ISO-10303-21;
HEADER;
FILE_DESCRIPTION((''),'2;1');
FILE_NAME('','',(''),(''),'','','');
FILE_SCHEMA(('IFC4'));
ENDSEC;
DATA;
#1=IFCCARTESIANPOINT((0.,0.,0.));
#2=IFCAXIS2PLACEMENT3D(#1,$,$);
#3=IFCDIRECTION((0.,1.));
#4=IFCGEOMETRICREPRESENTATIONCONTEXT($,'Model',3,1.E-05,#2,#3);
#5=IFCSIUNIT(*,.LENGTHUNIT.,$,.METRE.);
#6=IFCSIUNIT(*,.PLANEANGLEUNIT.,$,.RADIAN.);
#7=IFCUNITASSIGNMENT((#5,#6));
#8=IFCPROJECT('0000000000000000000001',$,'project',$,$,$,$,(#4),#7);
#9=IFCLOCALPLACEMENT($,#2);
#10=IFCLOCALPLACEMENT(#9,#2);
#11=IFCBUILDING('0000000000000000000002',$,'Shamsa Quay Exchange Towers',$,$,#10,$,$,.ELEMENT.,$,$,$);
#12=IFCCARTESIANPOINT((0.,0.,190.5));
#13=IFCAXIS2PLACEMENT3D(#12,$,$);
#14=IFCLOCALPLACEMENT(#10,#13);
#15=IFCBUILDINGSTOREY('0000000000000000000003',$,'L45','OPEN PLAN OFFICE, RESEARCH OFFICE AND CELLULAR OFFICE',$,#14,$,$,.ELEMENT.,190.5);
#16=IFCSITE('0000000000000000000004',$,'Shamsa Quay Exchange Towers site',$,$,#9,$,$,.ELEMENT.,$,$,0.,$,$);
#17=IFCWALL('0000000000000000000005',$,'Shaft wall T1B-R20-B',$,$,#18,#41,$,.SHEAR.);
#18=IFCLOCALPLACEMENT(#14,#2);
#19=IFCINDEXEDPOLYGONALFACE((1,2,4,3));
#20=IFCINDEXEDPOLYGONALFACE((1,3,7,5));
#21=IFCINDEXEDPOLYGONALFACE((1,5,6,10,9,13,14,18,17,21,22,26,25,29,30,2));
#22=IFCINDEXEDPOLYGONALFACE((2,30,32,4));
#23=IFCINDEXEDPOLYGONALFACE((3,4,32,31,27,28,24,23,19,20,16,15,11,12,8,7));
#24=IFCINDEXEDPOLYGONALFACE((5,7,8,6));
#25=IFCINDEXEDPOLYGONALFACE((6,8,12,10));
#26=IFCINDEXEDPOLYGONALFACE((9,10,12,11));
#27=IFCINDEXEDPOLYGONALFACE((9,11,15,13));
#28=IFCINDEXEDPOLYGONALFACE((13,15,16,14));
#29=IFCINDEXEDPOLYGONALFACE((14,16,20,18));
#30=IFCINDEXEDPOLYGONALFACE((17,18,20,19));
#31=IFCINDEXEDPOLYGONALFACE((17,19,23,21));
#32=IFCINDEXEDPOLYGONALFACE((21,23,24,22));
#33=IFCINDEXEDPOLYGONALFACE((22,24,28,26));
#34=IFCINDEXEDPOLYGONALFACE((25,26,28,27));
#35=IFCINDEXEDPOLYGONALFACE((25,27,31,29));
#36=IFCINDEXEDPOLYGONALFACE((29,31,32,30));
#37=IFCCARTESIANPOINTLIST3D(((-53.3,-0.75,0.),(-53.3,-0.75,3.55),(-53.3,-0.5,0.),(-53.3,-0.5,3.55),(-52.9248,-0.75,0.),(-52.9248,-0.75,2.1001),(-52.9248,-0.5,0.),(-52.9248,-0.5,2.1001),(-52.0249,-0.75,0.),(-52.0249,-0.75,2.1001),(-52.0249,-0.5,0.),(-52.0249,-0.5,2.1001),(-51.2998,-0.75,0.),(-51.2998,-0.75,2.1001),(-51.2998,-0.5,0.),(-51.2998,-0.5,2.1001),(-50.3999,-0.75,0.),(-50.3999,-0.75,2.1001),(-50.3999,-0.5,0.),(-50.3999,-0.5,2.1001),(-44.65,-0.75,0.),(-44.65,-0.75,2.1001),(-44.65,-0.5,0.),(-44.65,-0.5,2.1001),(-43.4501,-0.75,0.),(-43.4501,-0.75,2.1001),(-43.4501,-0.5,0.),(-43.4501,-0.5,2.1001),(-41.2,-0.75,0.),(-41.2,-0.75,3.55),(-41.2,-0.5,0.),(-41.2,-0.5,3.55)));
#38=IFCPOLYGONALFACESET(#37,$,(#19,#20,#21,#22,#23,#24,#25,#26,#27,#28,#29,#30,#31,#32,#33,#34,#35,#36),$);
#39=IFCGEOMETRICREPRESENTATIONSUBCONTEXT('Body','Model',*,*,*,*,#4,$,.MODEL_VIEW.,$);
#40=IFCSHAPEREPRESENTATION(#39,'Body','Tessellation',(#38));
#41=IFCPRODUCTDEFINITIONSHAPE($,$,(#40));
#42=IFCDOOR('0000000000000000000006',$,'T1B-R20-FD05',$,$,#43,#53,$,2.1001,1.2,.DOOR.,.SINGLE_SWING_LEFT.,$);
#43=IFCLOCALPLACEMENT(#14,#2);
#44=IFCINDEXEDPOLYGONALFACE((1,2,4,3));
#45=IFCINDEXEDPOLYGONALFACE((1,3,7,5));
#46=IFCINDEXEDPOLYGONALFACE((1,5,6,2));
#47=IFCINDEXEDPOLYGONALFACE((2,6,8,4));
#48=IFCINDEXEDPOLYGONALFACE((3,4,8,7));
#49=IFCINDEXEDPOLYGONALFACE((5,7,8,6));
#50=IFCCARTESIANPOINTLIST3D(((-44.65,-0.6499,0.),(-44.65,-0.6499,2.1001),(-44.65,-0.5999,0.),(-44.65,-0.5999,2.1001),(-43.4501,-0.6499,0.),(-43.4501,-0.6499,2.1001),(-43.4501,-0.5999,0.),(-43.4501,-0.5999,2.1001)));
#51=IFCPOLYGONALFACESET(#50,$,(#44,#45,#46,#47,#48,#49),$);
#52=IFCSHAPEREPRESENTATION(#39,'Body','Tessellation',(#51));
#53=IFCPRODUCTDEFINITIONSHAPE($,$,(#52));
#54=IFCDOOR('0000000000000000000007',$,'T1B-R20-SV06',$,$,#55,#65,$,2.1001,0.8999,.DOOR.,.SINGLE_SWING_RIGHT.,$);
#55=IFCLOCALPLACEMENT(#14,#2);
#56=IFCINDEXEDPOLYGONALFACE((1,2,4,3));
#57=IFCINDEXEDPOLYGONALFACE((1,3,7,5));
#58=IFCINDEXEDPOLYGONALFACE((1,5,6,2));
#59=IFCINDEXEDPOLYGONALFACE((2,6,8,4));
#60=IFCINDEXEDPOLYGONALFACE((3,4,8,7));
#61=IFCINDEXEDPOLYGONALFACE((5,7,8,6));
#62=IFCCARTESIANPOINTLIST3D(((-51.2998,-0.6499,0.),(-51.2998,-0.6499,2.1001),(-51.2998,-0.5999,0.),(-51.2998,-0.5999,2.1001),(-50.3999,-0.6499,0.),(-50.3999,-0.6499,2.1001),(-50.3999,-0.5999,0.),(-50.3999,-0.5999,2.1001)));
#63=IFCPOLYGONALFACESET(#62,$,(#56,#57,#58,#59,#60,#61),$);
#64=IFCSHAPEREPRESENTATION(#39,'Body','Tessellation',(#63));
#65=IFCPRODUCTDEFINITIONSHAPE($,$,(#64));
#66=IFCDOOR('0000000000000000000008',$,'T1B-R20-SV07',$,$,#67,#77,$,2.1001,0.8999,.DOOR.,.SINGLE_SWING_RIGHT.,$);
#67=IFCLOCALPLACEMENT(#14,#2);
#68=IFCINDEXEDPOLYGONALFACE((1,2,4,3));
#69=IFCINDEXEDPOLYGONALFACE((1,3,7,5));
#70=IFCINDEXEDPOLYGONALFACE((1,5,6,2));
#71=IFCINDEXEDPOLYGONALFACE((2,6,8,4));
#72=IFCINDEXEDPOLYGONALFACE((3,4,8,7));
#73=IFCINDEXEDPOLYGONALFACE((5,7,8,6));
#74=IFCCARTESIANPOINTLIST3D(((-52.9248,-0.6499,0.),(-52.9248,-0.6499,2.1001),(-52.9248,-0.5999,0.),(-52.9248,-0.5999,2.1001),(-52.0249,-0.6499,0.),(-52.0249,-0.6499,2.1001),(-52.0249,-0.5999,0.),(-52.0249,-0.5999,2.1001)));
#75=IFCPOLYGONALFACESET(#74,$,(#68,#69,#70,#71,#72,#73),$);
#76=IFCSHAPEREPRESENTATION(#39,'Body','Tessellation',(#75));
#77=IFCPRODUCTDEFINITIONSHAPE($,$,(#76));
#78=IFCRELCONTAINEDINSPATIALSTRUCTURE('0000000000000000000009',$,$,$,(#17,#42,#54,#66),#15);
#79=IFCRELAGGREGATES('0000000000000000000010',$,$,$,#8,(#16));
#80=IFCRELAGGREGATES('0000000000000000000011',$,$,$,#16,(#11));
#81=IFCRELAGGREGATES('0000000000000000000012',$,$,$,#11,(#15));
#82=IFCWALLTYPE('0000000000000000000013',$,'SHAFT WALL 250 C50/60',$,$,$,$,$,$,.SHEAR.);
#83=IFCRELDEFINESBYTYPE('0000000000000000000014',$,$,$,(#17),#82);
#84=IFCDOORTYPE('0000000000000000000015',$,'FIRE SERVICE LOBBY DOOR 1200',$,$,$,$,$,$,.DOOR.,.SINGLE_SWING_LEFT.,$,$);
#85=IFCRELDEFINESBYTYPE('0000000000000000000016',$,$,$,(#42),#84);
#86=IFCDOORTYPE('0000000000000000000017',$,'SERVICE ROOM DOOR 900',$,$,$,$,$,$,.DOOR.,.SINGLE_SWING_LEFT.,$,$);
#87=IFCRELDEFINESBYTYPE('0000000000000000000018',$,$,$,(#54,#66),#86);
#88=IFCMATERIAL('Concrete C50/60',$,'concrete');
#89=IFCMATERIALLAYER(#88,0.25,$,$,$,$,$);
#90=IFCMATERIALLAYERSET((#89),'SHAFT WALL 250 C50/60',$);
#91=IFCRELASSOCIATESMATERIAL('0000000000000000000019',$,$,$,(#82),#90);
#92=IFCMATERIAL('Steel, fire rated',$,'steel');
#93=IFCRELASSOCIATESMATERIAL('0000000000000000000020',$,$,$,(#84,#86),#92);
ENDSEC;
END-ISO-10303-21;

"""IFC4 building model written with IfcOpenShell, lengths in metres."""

from ifc_helpers import new_model, si_unit, direction, frame, frame_2d, origin, place, context, subcontext, project, spatial, rectangle, extrude, material, layer, layer_set, type_object, element, fill, save


model = new_model("IFC4")

# Units and contexts
model_context = context("Model", 3, precision=1e-05, world=origin(), true_north=direction((0.0, 1.0)))
body_context = subcontext(model_context, "Body", "Model", "MODEL_VIEW")
ifc_project = project(units=[si_unit("LENGTHUNIT", "METRE"), si_unit("PLANEANGLEUNIT", "RADIAN")], contexts=[model_context])

# Site, building, storey
site_placement = place(None, origin())
site = spatial("IfcSite", under=ifc_project, at=site_placement, Name="Shamsa Quay Exchange Towers site", CompositionType="ELEMENT", RefElevation=0.0)
building_placement = place(site_placement, origin())
building = spatial("IfcBuilding", under=site, at=building_placement, Name="Shamsa Quay Exchange Towers", CompositionType="ELEMENT")
storey_placement = place(building_placement, frame((0.0, 0.0, 190.5)))
storey = spatial("IfcBuildingStorey", under=building, at=storey_placement, Name="L45", Description="OPEN PLAN OFFICE, RESEARCH OFFICE AND CELLULAR OFFICE", CompositionType="ELEMENT", Elevation=190.5)

# Wall, openings, doors
ifc_material_1 = material(Name="Concrete C50/60", Category="concrete")
ifc_layer_1 = layer(ifc_material_1, 0.25)
ifc_layer_set_1 = layer_set([ifc_layer_1], Name="SHAFT WALL 250 C50/60")
wall_type_1 = type_object("IfcWallType", Name="SHAFT WALL 250 C50/60", PredefinedType="SHEAR", material=ifc_layer_set_1)
wall_1_placement = place(storey_placement, frame((-41.2, -0.625, 0.0), z_axis=(0.0, 0.0, 1.0), x_axis=(-1.0, 0.0, 0.0)))
wall_1 = element("IfcWall", 1, at=wall_1_placement, inside=storey, type_object=wall_type_1, Name="Shaft wall T1B-R20-B", PredefinedType="SHEAR", context=body_context, shape_type="SweptSolid", body=[
    extrude(rectangle(XDim=12.1001, YDim=0.25, at=frame_2d((6.05, 0.0))), origin(), (0.0, 0.0, 1.0), 3.55),
])
opening_1_placement = place(wall_1_placement, frame((2.25, 0.0, 0.0)))
opening_1 = element("IfcOpeningElement", 2, at=opening_1_placement, cuts=wall_1, PredefinedType="OPENING", context=body_context, shape_type="SweptSolid", body=[
    extrude(rectangle(XDim=1.2, YDim=2.1001, at=frame_2d((0.6001, 1.05))), frame((0.0, 0.135, 0.0), z_axis=(0.0, -1.0, 0.0), x_axis=(1.0, 0.0, 0.0)), (0.0, 0.0, 1.0), 0.27),
])
opening_2_placement = place(wall_1_placement, frame((9.2, 0.0, 0.0)))
opening_2 = element("IfcOpeningElement", 3, at=opening_2_placement, cuts=wall_1, PredefinedType="OPENING", context=body_context, shape_type="SweptSolid", body=[
    extrude(rectangle(XDim=0.8999, YDim=2.1001, at=frame_2d((0.45, 1.05))), frame((0.0, 0.135, 0.0), z_axis=(0.0, -1.0, 0.0), x_axis=(1.0, 0.0, 0.0)), (0.0, 0.0, 1.0), 0.27),
])
opening_3_placement = place(wall_1_placement, frame((10.825, 0.0, 0.0)))
opening_3 = element("IfcOpeningElement", 4, at=opening_3_placement, cuts=wall_1, PredefinedType="OPENING", context=body_context, shape_type="SweptSolid", body=[
    extrude(rectangle(XDim=0.8999, YDim=2.1001, at=frame_2d((0.45, 1.05))), frame((0.0, 0.135, 0.0), z_axis=(0.0, -1.0, 0.0), x_axis=(1.0, 0.0, 0.0)), (0.0, 0.0, 1.0), 0.27),
])
ifc_material_2 = material(Name="Steel, fire rated", Category="steel")
door_type_1 = type_object("IfcDoorType", Name="FIRE SERVICE LOBBY DOOR 1200", OperationType="SINGLE_SWING_LEFT", PredefinedType="DOOR", material=ifc_material_2)
door_1_placement = place(opening_1_placement, origin())
door_1 = element("IfcDoor", 5, at=door_1_placement, inside=storey, type_object=door_type_1, Name="T1B-R20-FD05", OperationType="SINGLE_SWING_LEFT", OverallHeight=2.1001, OverallWidth=1.2, PredefinedType="DOOR", context=body_context, shape_type="SweptSolid", body=[
    extrude(rectangle(XDim=1.2, YDim=2.1001, at=frame_2d((0.6001, 1.05))), frame((0.0, 0.0249, 0.0), z_axis=(0.0, -1.0, 0.0), x_axis=(1.0, 0.0, 0.0)), (0.0, 0.0, 1.0), 0.05),
])
fill(opening_1, door_1)
door_type_2 = type_object("IfcDoorType", Name="SERVICE ROOM DOOR 900", OperationType="SINGLE_SWING_LEFT", PredefinedType="DOOR", material=ifc_material_2)
door_2_placement = place(opening_2_placement, origin())
door_2 = element("IfcDoor", 6, at=door_2_placement, inside=storey, type_object=door_type_2, Name="T1B-R20-SV06", OperationType="SINGLE_SWING_RIGHT", OverallHeight=2.1001, OverallWidth=0.8999, PredefinedType="DOOR", context=body_context, shape_type="SweptSolid", body=[
    extrude(rectangle(XDim=0.8999, YDim=2.1001, at=frame_2d((0.45, 1.05))), frame((0.0, 0.0249, 0.0), z_axis=(0.0, -1.0, 0.0), x_axis=(1.0, 0.0, 0.0)), (0.0, 0.0, 1.0), 0.05),
])
fill(opening_2, door_2)
door_3_placement = place(opening_3_placement, origin())
door_3 = element("IfcDoor", 7, at=door_3_placement, inside=storey, type_object=door_type_2, Name="T1B-R20-SV07", OperationType="SINGLE_SWING_RIGHT", OverallHeight=2.1001, OverallWidth=0.8999, PredefinedType="DOOR", context=body_context, shape_type="SweptSolid", body=[
    extrude(rectangle(XDim=0.8999, YDim=2.1001, at=frame_2d((0.45, 1.05))), frame((0.0, 0.0249, 0.0), z_axis=(0.0, -1.0, 0.0), x_axis=(1.0, 0.0, 0.0)), (0.0, 0.0, 1.0), 0.05),
])
fill(opening_3, door_3)

save(model, "model.ifc")
